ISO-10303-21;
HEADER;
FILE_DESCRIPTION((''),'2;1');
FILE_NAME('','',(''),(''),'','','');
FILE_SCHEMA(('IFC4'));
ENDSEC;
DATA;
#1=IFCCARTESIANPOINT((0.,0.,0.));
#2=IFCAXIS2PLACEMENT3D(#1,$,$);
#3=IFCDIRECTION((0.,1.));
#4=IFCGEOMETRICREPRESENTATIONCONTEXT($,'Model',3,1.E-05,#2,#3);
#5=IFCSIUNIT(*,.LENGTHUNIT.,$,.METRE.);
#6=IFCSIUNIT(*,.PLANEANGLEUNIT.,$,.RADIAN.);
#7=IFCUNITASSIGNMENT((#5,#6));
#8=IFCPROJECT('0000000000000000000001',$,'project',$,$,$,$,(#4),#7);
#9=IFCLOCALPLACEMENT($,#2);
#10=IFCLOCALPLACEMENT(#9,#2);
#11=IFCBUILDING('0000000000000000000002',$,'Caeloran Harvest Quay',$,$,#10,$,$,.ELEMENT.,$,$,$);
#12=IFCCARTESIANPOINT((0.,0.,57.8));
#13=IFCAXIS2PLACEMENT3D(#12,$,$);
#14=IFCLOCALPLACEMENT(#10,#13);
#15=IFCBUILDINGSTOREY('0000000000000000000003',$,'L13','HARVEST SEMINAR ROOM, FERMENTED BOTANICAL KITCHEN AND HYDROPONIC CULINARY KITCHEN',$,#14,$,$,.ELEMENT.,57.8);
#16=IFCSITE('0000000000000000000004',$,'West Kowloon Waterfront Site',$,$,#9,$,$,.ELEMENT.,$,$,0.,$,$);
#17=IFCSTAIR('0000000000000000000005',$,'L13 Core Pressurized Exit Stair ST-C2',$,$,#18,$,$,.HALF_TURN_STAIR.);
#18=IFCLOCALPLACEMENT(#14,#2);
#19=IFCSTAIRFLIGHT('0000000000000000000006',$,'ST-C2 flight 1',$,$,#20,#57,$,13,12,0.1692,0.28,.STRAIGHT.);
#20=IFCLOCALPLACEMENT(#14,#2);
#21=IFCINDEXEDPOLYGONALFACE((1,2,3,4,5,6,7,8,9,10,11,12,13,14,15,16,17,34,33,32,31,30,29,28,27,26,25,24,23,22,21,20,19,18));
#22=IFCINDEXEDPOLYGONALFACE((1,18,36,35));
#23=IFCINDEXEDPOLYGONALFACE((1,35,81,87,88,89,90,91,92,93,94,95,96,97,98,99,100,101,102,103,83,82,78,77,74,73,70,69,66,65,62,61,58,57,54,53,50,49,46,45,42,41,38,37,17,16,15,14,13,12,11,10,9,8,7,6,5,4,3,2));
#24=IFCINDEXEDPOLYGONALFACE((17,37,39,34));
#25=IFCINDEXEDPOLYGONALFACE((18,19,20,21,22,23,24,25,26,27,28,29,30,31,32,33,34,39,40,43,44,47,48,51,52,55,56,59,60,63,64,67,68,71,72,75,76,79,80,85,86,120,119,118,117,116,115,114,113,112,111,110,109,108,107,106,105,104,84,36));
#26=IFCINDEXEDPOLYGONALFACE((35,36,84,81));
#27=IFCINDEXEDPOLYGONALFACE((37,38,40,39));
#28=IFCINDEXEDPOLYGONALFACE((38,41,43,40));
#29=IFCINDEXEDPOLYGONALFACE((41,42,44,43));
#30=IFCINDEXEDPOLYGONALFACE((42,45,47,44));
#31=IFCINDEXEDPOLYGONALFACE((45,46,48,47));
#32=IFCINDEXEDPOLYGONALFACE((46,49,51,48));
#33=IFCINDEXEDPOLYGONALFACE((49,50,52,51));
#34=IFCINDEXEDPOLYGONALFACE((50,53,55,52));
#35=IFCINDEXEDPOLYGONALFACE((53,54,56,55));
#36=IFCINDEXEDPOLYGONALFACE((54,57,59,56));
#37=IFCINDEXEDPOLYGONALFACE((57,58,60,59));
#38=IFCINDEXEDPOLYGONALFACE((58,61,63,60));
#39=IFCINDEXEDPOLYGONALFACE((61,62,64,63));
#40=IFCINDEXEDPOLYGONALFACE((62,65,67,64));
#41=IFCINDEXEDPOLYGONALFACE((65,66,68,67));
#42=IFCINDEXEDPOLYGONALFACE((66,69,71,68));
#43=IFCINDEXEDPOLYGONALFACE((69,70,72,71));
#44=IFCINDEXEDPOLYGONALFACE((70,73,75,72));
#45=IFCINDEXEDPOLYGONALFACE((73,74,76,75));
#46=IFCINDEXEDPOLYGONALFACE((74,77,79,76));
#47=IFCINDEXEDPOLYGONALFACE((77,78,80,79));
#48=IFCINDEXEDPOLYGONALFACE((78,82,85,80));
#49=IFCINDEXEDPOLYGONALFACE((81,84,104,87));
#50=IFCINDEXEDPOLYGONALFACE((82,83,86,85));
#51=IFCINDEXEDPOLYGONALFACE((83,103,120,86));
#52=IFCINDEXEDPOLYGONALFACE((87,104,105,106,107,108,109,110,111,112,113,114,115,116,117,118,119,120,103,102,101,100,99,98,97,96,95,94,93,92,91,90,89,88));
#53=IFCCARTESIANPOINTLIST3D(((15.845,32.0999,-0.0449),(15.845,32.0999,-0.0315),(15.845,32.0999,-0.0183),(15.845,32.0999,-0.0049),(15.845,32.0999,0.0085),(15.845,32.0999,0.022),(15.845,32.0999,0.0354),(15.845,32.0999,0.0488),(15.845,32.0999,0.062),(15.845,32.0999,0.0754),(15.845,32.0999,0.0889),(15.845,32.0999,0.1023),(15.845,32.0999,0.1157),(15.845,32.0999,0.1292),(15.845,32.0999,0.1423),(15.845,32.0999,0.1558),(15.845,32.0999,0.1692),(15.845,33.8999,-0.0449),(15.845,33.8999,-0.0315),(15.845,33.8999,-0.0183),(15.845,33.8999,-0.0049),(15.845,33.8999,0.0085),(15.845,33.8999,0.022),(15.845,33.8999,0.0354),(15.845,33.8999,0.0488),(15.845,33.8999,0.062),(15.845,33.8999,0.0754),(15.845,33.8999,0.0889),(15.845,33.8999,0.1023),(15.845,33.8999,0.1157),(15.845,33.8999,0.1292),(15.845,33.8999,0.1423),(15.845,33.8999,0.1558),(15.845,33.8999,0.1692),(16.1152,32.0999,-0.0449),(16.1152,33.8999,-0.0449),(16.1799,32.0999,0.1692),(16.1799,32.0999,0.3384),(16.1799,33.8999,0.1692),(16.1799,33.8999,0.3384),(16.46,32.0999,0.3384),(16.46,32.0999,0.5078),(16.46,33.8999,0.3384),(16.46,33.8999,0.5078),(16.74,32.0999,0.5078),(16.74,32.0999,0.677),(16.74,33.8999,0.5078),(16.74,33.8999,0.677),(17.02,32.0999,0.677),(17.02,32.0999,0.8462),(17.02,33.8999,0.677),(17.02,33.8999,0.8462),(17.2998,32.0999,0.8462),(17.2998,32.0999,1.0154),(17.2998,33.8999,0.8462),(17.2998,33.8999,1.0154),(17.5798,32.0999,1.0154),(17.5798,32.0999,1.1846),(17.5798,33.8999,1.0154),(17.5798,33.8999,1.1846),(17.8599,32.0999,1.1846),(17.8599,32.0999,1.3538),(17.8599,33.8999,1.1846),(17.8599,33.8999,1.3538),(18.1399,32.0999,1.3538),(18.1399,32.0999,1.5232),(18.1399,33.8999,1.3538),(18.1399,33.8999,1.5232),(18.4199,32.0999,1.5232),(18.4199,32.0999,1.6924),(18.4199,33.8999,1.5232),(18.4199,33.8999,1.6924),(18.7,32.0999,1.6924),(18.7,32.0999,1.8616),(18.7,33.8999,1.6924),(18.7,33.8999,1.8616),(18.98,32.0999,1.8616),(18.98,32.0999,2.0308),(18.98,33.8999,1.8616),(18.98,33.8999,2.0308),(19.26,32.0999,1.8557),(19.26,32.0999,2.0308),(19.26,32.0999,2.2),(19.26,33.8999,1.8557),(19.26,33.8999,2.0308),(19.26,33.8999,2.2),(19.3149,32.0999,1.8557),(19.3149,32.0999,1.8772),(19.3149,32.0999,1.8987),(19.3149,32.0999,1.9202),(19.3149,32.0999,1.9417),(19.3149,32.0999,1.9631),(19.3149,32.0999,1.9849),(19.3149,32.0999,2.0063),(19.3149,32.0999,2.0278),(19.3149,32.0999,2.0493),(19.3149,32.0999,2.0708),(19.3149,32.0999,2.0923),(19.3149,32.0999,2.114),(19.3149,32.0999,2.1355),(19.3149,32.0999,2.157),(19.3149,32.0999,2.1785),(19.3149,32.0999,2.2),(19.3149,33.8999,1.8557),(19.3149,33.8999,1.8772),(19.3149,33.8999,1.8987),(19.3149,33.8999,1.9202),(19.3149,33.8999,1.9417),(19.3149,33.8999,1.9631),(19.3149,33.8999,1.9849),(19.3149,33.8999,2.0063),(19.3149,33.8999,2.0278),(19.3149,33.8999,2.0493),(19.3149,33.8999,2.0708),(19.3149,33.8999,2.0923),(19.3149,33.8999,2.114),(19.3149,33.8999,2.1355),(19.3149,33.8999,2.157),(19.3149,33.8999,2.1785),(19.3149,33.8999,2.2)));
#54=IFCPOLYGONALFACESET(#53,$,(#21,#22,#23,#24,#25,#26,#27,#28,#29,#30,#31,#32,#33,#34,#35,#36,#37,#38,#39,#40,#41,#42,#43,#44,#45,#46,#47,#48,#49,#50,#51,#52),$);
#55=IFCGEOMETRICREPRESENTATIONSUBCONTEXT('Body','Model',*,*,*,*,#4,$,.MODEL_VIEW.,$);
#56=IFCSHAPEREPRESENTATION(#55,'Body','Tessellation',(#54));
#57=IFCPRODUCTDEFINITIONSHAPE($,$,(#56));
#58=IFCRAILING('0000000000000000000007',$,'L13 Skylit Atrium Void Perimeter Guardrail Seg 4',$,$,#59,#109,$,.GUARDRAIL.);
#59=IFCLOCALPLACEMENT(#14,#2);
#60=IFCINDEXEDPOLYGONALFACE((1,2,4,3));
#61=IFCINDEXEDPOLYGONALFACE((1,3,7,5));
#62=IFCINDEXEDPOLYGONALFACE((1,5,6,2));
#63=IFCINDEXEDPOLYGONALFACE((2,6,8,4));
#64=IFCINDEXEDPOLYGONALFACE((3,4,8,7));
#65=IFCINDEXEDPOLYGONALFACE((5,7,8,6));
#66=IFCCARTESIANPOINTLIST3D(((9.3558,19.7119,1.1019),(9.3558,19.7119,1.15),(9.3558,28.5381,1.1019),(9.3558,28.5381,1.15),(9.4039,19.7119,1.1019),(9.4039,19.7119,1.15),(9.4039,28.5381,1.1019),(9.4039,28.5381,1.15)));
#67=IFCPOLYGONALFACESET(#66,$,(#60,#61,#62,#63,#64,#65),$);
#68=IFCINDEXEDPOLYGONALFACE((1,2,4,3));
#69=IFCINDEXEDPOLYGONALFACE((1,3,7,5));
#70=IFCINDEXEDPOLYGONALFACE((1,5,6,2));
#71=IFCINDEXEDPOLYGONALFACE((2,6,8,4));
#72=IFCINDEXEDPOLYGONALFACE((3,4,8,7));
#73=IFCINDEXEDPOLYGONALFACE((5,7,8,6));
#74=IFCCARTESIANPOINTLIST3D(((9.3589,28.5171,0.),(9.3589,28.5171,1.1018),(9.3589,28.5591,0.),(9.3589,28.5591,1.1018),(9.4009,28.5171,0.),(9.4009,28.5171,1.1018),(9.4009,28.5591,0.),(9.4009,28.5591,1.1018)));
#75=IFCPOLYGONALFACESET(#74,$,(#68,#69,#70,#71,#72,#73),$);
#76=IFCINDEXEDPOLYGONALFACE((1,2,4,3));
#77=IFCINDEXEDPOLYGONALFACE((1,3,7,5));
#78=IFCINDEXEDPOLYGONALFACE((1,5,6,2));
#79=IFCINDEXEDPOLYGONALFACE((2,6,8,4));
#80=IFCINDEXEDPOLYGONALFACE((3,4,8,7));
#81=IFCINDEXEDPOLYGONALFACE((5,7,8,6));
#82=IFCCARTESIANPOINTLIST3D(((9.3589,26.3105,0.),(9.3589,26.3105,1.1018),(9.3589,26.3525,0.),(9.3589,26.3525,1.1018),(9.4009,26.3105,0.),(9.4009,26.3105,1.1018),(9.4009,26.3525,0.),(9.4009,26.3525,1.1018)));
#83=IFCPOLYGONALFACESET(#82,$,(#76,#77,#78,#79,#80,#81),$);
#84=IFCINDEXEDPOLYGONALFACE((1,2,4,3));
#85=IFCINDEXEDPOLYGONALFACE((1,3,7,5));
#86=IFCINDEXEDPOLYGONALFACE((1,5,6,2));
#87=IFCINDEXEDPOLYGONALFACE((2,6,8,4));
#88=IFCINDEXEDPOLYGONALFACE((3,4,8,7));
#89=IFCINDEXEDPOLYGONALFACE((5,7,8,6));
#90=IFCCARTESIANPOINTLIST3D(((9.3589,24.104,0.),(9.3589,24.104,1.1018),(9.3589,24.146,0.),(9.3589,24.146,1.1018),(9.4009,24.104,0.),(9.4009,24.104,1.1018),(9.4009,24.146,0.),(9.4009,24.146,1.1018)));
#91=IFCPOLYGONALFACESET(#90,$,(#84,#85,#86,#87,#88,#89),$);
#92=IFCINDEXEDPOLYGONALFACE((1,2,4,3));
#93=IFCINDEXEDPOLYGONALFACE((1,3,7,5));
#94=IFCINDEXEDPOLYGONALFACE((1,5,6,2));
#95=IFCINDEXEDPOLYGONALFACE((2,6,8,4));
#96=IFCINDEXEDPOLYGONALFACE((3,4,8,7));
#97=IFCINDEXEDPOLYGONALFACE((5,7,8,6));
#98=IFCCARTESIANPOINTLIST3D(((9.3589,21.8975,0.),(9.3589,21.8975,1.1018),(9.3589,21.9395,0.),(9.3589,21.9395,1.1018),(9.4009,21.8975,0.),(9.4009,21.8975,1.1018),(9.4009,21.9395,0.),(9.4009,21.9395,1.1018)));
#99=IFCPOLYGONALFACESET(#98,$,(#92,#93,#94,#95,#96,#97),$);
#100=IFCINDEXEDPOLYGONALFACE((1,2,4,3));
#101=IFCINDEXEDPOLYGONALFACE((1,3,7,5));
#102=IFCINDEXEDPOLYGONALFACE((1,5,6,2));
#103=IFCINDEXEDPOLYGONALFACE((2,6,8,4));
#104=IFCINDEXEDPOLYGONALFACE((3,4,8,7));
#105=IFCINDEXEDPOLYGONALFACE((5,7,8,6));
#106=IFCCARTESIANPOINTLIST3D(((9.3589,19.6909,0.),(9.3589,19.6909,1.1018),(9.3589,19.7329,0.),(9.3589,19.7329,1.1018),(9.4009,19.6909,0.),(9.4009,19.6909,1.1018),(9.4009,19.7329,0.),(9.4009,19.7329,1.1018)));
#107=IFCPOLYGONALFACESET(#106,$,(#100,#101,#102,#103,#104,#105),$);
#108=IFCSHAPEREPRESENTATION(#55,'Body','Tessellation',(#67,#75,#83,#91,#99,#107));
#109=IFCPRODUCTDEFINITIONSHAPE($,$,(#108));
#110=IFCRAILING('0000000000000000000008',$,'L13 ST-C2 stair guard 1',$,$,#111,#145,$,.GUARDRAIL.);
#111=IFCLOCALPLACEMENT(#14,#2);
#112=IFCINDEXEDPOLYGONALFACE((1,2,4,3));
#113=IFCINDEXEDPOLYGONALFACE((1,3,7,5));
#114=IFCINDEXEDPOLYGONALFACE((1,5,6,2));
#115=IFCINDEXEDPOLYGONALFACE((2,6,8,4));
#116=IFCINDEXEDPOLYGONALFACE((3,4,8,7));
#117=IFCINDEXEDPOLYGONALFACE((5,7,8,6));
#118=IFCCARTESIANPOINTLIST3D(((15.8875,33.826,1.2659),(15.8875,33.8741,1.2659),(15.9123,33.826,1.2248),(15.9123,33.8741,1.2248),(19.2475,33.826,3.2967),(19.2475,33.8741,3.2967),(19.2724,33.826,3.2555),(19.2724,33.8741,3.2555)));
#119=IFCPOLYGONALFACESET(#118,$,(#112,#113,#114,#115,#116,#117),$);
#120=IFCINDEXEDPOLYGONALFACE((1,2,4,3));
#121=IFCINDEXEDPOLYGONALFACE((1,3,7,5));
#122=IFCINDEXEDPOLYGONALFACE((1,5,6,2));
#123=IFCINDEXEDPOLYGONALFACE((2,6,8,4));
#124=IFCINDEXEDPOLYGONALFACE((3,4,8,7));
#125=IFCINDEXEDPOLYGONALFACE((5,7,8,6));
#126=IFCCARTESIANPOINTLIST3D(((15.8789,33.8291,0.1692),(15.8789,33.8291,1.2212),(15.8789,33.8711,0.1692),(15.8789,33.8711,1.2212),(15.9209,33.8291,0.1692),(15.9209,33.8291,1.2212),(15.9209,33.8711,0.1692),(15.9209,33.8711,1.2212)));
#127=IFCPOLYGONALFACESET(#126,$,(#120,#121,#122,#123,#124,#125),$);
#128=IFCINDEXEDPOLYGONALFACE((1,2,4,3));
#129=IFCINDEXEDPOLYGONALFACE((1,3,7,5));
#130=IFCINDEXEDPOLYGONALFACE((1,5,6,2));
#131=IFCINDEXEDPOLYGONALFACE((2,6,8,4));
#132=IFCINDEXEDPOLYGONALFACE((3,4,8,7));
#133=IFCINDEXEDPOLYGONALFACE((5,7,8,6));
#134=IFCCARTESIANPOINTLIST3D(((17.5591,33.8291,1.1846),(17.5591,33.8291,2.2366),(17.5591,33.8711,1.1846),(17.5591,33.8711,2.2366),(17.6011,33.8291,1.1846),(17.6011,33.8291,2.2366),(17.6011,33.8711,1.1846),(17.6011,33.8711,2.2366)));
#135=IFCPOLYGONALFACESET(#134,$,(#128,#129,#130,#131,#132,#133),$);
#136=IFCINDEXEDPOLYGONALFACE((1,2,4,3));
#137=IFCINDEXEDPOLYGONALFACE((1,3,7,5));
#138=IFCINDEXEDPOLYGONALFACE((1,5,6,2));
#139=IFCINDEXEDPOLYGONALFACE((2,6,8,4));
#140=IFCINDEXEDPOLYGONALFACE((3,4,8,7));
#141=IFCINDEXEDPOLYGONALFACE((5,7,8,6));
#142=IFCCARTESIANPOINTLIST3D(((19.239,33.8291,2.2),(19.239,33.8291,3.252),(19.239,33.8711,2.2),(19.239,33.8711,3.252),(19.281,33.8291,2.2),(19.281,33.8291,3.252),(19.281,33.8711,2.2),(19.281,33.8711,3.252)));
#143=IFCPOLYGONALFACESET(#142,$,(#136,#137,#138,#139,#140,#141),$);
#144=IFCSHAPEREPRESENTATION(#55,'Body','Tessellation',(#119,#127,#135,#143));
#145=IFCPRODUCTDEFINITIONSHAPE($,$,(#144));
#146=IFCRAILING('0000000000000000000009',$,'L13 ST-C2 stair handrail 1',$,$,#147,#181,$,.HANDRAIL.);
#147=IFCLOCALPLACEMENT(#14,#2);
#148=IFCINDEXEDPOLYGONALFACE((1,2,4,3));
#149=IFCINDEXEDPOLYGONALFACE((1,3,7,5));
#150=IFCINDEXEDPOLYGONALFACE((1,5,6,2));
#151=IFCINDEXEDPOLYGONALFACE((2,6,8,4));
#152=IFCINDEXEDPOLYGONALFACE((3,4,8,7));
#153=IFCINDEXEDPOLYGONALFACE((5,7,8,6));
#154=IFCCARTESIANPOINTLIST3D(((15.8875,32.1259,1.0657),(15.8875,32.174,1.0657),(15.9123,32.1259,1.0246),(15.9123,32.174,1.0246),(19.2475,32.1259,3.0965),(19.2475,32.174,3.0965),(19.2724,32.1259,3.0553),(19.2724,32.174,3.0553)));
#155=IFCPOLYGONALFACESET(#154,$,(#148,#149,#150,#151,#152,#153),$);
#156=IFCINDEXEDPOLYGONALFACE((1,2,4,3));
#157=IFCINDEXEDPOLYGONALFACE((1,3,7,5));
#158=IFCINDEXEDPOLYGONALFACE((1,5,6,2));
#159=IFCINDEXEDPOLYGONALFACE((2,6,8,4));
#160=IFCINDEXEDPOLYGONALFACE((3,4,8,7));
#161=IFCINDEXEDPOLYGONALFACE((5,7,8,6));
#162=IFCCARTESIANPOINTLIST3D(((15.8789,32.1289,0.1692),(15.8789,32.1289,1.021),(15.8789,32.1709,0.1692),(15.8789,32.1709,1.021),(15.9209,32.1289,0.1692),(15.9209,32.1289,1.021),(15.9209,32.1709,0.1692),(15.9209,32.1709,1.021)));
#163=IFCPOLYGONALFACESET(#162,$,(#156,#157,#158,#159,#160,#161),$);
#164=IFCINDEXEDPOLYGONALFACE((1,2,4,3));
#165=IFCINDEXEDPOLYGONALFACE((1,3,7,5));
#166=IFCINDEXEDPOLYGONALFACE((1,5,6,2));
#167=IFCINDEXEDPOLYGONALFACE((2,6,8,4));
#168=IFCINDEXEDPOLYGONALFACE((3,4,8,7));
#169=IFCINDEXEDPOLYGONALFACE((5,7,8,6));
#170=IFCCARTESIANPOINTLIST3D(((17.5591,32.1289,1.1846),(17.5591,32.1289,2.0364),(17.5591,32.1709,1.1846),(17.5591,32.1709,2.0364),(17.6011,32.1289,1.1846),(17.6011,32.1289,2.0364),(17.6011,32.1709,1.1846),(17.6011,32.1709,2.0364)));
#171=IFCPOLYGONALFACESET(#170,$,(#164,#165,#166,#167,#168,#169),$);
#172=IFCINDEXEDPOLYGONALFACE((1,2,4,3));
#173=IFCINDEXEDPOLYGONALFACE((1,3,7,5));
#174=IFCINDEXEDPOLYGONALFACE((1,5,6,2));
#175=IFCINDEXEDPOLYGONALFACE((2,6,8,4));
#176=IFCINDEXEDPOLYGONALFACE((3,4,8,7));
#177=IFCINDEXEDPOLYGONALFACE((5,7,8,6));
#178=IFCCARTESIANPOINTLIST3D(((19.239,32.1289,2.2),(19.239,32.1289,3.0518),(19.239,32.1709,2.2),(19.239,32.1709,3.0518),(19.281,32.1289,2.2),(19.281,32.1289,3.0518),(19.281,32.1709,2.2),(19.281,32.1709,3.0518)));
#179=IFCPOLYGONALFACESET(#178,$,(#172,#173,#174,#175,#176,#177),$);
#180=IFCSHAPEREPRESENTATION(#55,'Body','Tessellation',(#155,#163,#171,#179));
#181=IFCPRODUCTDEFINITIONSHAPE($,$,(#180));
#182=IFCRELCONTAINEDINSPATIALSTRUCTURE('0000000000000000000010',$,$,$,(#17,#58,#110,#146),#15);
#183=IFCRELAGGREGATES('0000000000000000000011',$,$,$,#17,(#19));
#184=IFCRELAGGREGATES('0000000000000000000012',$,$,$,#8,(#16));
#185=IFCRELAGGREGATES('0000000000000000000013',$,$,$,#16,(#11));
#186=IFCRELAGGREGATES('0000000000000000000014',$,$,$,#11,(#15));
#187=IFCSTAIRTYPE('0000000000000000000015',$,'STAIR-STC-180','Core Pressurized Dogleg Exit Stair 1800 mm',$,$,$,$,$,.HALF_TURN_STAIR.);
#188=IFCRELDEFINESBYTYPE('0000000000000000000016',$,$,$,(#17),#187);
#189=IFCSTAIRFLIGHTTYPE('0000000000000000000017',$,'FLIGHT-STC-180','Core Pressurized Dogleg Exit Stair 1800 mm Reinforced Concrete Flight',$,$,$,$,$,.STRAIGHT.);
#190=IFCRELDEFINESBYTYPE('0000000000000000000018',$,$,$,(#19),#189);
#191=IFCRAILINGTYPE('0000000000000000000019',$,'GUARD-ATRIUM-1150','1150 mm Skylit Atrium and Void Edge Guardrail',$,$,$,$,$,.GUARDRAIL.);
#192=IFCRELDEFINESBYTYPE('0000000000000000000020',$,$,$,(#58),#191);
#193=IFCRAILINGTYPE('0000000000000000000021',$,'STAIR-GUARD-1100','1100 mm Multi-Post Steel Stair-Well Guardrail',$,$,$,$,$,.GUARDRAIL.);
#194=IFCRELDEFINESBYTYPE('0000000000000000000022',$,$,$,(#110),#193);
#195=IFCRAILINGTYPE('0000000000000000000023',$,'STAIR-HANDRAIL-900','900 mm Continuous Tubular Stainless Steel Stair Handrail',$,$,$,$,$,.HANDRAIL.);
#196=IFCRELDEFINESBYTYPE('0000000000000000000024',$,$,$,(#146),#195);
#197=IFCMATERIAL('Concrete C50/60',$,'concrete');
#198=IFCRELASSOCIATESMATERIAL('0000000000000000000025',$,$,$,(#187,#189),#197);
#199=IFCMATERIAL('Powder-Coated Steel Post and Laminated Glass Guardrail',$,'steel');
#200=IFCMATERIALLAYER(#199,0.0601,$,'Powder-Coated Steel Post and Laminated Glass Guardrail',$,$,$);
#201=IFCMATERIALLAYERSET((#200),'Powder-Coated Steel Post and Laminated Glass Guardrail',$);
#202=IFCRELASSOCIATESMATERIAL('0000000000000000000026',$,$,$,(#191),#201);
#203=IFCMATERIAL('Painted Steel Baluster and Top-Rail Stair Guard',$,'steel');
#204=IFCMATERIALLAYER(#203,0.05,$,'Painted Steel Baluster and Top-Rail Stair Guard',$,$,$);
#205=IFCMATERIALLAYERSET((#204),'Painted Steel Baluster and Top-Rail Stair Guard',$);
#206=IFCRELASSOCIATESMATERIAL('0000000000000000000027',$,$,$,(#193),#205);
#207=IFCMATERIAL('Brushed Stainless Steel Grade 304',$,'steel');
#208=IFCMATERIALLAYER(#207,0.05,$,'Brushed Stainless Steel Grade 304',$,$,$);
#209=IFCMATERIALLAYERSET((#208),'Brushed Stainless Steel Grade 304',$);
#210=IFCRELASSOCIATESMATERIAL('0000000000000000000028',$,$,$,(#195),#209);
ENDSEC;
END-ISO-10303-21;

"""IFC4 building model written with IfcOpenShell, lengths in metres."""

from ifc_helpers import new_model, si_unit, direction, frame, origin, origin_2d, place, context, subcontext, project, spatial, polyline, rectangle, outline, extrude, material, layer, layer_set, type_object, element, aggregate, save


model = new_model("IFC4")

# Units and contexts
model_context = context("Model", 3, precision=1e-05, world=origin(), true_north=direction((0.0, 1.0)))
body_context = subcontext(model_context, "Body", "Model", "MODEL_VIEW")
ifc_project = project(units=[si_unit("LENGTHUNIT", "METRE"), si_unit("PLANEANGLEUNIT", "RADIAN")], contexts=[model_context])

# Site, building, storey
site_placement = place(None, origin())
site = spatial("IfcSite", under=ifc_project, at=site_placement, Name="West Kowloon Waterfront Site", CompositionType="ELEMENT", RefElevation=0.0)
building_placement = place(site_placement, origin())
building = spatial("IfcBuilding", under=site, at=building_placement, Name="Caeloran Harvest Quay", CompositionType="ELEMENT")
storey_placement = place(building_placement, frame((0.0, 0.0, 57.8)))
storey = spatial("IfcBuildingStorey", under=building, at=storey_placement, Name="L13", Description="HARVEST SEMINAR ROOM, FERMENTED BOTANICAL KITCHEN AND HYDROPONIC CULINARY KITCHEN", CompositionType="ELEMENT", Elevation=57.8)

# Shared definitions
ifc_material_1 = material(Name="Concrete C50/60", Category="concrete")

# Stair, stair flight
stair_type = type_object("IfcStairType", Name="STAIR-STC-180", Description="Core Pressurized Dogleg Exit Stair 1800 mm", PredefinedType="HALF_TURN_STAIR", material=ifc_material_1)
stair_placement = place(storey_placement, origin())
stair = element("IfcStair", 1, at=stair_placement, inside=storey, type_object=stair_type, Name="L13 Core Pressurized Exit Stair ST-C2", PredefinedType="HALF_TURN_STAIR")
stair_flight_type = type_object("IfcStairFlightType", Name="FLIGHT-STC-180", Description="Core Pressurized Dogleg Exit Stair 1800 mm Reinforced Concrete Flight", PredefinedType="STRAIGHT", material=ifc_material_1)
stair_flight_placement = place(storey_placement, frame((15.8999, 33.0, 0.0), z_axis=(0.0, 0.0, 1.0), x_axis=(1.0, 0.0, 0.0)))
stair_flight = element("IfcStairFlight", 2, at=stair_flight_placement, type_object=stair_flight_type, Name="ST-C2 flight 1", NumberOfRisers=13, NumberOfTreads=12, PredefinedType="STRAIGHT", RiserHeight=0.1692, TreadLength=0.28, context=body_context, shape_type="SweptSolid", body=[
    extrude(outline(polyline([(-0.0549, -0.0449), (-0.0549, -0.0315), (-0.0549, -0.0183), (-0.0549, -0.0049), (-0.0549, 0.0085), (-0.0549, 0.022), (-0.0549, 0.0354), (-0.0549, 0.0488), (-0.0549, 0.062), (-0.0549, 0.0754), (-0.0549, 0.0889), (-0.0549, 0.1023), (-0.0549, 0.1157), (-0.0549, 0.1292), (-0.0549, 0.1423), (-0.0549, 0.1558), (-0.0549, 0.1692), (0.28, 0.1692), (0.28, 0.3384), (0.5601, 0.3384), (0.5601, 0.5078), (0.8401, 0.5078), (0.8401, 0.677), (1.1201, 0.677), (1.1201, 0.8462), (1.3999, 0.8462), (1.3999, 1.0154), (1.6799, 1.0154), (1.6799, 1.1846), (1.96, 1.1846), (1.96, 1.3538), (2.24, 1.3538), (2.24, 1.5232), (2.52, 1.5232), (2.52, 1.6924), (2.8, 1.6924), (2.8, 1.8616), (3.0801, 1.8616), (3.0801, 2.0308), (3.3601, 2.0308), (3.3601, 2.2), (3.415, 2.2), (3.415, 2.1785), (3.415, 2.157), (3.415, 2.1355), (3.415, 2.114), (3.415, 2.0923), (3.415, 2.0708), (3.415, 2.0493), (3.415, 2.0278), (3.415, 2.0063), (3.415, 1.9849), (3.415, 1.9631), (3.415, 1.9417), (3.415, 1.9202), (3.415, 1.8987), (3.415, 1.8772), (3.415, 1.8557), (3.3601, 1.8557), (0.2153, -0.0449), (-0.0549, -0.0449)])), frame((0.0, 0.8999, 0.0), z_axis=(0.0, -1.0, 0.0), x_axis=(1.0, 0.0, 0.0)), (0.0, 0.0, 1.0), 1.8),
])
aggregate(stair, [stair_flight])

# Railings
ifc_material_2 = material(Name="Powder-Coated Steel Post and Laminated Glass Guardrail", Category="steel")
ifc_layer_1 = layer(ifc_material_2, 0.0601, Name="Powder-Coated Steel Post and Laminated Glass Guardrail")
ifc_layer_set_1 = layer_set([ifc_layer_1], Name="Powder-Coated Steel Post and Laminated Glass Guardrail")
railing_type_1 = type_object("IfcRailingType", Name="GUARD-ATRIUM-1150", Description="1150 mm Skylit Atrium and Void Edge Guardrail", PredefinedType="GUARDRAIL", material=ifc_layer_set_1)
railing_1_placement = place(storey_placement, frame((9.3799, 28.5381, 0.0)))
element("IfcRailing", 3, at=railing_1_placement, inside=storey, type_object=railing_type_1, Name="L13 Skylit Atrium Void Perimeter Guardrail Seg 4", PredefinedType="GUARDRAIL", context=body_context, shape_type="SweptSolid", body=[
    extrude(rectangle(XDim=0.0481, YDim=0.0481, at=origin_2d()), frame((0.0, 0.0, 1.126), z_axis=(0.0, -1.0, 0.0), x_axis=(1.0, 0.0, 0.0)), (0.0, 0.0, 1.0), 8.8262),
    extrude(rectangle(XDim=0.042, YDim=0.042, at=origin_2d()), origin(), (0.0, 0.0, 1.0), 1.1018),
    extrude(rectangle(XDim=0.042, YDim=0.042, at=origin_2d()), frame((0.0, -2.2065, 0.0)), (0.0, 0.0, 1.0), 1.1018),
    extrude(rectangle(XDim=0.042, YDim=0.042, at=origin_2d()), frame((0.0, -4.4131, 0.0)), (0.0, 0.0, 1.0), 1.1018),
    extrude(rectangle(XDim=0.042, YDim=0.042, at=origin_2d()), frame((0.0, -6.6196, 0.0)), (0.0, 0.0, 1.0), 1.1018),
    extrude(rectangle(XDim=0.042, YDim=0.042, at=origin_2d()), frame((0.0, -8.8262, 0.0)), (0.0, 0.0, 1.0), 1.1018),
])
ifc_material_3 = material(Name="Painted Steel Baluster and Top-Rail Stair Guard", Category="steel")
ifc_layer_2 = layer(ifc_material_3, 0.05, Name="Painted Steel Baluster and Top-Rail Stair Guard")
ifc_layer_set_2 = layer_set([ifc_layer_2], Name="Painted Steel Baluster and Top-Rail Stair Guard")
railing_type_2 = type_object("IfcRailingType", Name="STAIR-GUARD-1100", Description="1100 mm Multi-Post Steel Stair-Well Guardrail", PredefinedType="GUARDRAIL", material=ifc_layer_set_2)
railing_2_placement = place(storey_placement, frame((15.8999, 33.8501, 0.1692)))
element("IfcRailing", 4, at=railing_2_placement, inside=storey, type_object=railing_type_2, Name="L13 ST-C2 stair guard 1", PredefinedType="GUARDRAIL", context=body_context, shape_type="SweptSolid", body=[
    extrude(rectangle(XDim=0.0481, YDim=0.0481, at=origin_2d()), frame((0.0, 0.0, 1.0762), z_axis=(0.855837, 0.0, 0.517246), x_axis=(0.0, 1.0, 0.0)), (0.0, 0.0, 1.0), 3.926),
    extrude(rectangle(XDim=0.042, YDim=0.042, at=origin_2d()), origin(), (0.0, 0.0, 1.0), 1.052),
    extrude(rectangle(XDim=0.042, YDim=0.042, at=origin_2d()), frame((1.6802, 0.0, 1.0154)), (0.0, 0.0, 1.0), 1.052),
    extrude(rectangle(XDim=0.042, YDim=0.042, at=origin_2d()), frame((3.3601, 0.0, 2.0308)), (0.0, 0.0, 1.0), 1.052),
])
ifc_material_4 = material(Name="Brushed Stainless Steel Grade 304", Category="steel")
ifc_layer_3 = layer(ifc_material_4, 0.05, Name="Brushed Stainless Steel Grade 304")
ifc_layer_set_3 = layer_set([ifc_layer_3], Name="Brushed Stainless Steel Grade 304")
railing_type_3 = type_object("IfcRailingType", Name="STAIR-HANDRAIL-900", Description="900 mm Continuous Tubular Stainless Steel Stair Handrail", PredefinedType="HANDRAIL", material=ifc_layer_set_3)
railing_3_placement = place(storey_placement, frame((15.8999, 32.1499, 0.1692)))
element("IfcRailing", 5, at=railing_3_placement, inside=storey, type_object=railing_type_3, Name="L13 ST-C2 stair handrail 1", PredefinedType="HANDRAIL", context=body_context, shape_type="SweptSolid", body=[
    extrude(rectangle(XDim=0.0481, YDim=0.0481, at=origin_2d()), frame((0.0, 0.0, 0.876), z_axis=(0.855837, 0.0, 0.517246), x_axis=(0.0, 1.0, 0.0)), (0.0, 0.0, 1.0), 3.926),
    extrude(rectangle(XDim=0.042, YDim=0.042, at=origin_2d()), origin(), (0.0, 0.0, 1.0), 0.8518),
    extrude(rectangle(XDim=0.042, YDim=0.042, at=origin_2d()), frame((1.6802, 0.0, 1.0154)), (0.0, 0.0, 1.0), 0.8518),
    extrude(rectangle(XDim=0.042, YDim=0.042, at=origin_2d()), frame((3.3601, 0.0, 2.0308)), (0.0, 0.0, 1.0), 0.8518),
])

save(model, "model.ifc")
